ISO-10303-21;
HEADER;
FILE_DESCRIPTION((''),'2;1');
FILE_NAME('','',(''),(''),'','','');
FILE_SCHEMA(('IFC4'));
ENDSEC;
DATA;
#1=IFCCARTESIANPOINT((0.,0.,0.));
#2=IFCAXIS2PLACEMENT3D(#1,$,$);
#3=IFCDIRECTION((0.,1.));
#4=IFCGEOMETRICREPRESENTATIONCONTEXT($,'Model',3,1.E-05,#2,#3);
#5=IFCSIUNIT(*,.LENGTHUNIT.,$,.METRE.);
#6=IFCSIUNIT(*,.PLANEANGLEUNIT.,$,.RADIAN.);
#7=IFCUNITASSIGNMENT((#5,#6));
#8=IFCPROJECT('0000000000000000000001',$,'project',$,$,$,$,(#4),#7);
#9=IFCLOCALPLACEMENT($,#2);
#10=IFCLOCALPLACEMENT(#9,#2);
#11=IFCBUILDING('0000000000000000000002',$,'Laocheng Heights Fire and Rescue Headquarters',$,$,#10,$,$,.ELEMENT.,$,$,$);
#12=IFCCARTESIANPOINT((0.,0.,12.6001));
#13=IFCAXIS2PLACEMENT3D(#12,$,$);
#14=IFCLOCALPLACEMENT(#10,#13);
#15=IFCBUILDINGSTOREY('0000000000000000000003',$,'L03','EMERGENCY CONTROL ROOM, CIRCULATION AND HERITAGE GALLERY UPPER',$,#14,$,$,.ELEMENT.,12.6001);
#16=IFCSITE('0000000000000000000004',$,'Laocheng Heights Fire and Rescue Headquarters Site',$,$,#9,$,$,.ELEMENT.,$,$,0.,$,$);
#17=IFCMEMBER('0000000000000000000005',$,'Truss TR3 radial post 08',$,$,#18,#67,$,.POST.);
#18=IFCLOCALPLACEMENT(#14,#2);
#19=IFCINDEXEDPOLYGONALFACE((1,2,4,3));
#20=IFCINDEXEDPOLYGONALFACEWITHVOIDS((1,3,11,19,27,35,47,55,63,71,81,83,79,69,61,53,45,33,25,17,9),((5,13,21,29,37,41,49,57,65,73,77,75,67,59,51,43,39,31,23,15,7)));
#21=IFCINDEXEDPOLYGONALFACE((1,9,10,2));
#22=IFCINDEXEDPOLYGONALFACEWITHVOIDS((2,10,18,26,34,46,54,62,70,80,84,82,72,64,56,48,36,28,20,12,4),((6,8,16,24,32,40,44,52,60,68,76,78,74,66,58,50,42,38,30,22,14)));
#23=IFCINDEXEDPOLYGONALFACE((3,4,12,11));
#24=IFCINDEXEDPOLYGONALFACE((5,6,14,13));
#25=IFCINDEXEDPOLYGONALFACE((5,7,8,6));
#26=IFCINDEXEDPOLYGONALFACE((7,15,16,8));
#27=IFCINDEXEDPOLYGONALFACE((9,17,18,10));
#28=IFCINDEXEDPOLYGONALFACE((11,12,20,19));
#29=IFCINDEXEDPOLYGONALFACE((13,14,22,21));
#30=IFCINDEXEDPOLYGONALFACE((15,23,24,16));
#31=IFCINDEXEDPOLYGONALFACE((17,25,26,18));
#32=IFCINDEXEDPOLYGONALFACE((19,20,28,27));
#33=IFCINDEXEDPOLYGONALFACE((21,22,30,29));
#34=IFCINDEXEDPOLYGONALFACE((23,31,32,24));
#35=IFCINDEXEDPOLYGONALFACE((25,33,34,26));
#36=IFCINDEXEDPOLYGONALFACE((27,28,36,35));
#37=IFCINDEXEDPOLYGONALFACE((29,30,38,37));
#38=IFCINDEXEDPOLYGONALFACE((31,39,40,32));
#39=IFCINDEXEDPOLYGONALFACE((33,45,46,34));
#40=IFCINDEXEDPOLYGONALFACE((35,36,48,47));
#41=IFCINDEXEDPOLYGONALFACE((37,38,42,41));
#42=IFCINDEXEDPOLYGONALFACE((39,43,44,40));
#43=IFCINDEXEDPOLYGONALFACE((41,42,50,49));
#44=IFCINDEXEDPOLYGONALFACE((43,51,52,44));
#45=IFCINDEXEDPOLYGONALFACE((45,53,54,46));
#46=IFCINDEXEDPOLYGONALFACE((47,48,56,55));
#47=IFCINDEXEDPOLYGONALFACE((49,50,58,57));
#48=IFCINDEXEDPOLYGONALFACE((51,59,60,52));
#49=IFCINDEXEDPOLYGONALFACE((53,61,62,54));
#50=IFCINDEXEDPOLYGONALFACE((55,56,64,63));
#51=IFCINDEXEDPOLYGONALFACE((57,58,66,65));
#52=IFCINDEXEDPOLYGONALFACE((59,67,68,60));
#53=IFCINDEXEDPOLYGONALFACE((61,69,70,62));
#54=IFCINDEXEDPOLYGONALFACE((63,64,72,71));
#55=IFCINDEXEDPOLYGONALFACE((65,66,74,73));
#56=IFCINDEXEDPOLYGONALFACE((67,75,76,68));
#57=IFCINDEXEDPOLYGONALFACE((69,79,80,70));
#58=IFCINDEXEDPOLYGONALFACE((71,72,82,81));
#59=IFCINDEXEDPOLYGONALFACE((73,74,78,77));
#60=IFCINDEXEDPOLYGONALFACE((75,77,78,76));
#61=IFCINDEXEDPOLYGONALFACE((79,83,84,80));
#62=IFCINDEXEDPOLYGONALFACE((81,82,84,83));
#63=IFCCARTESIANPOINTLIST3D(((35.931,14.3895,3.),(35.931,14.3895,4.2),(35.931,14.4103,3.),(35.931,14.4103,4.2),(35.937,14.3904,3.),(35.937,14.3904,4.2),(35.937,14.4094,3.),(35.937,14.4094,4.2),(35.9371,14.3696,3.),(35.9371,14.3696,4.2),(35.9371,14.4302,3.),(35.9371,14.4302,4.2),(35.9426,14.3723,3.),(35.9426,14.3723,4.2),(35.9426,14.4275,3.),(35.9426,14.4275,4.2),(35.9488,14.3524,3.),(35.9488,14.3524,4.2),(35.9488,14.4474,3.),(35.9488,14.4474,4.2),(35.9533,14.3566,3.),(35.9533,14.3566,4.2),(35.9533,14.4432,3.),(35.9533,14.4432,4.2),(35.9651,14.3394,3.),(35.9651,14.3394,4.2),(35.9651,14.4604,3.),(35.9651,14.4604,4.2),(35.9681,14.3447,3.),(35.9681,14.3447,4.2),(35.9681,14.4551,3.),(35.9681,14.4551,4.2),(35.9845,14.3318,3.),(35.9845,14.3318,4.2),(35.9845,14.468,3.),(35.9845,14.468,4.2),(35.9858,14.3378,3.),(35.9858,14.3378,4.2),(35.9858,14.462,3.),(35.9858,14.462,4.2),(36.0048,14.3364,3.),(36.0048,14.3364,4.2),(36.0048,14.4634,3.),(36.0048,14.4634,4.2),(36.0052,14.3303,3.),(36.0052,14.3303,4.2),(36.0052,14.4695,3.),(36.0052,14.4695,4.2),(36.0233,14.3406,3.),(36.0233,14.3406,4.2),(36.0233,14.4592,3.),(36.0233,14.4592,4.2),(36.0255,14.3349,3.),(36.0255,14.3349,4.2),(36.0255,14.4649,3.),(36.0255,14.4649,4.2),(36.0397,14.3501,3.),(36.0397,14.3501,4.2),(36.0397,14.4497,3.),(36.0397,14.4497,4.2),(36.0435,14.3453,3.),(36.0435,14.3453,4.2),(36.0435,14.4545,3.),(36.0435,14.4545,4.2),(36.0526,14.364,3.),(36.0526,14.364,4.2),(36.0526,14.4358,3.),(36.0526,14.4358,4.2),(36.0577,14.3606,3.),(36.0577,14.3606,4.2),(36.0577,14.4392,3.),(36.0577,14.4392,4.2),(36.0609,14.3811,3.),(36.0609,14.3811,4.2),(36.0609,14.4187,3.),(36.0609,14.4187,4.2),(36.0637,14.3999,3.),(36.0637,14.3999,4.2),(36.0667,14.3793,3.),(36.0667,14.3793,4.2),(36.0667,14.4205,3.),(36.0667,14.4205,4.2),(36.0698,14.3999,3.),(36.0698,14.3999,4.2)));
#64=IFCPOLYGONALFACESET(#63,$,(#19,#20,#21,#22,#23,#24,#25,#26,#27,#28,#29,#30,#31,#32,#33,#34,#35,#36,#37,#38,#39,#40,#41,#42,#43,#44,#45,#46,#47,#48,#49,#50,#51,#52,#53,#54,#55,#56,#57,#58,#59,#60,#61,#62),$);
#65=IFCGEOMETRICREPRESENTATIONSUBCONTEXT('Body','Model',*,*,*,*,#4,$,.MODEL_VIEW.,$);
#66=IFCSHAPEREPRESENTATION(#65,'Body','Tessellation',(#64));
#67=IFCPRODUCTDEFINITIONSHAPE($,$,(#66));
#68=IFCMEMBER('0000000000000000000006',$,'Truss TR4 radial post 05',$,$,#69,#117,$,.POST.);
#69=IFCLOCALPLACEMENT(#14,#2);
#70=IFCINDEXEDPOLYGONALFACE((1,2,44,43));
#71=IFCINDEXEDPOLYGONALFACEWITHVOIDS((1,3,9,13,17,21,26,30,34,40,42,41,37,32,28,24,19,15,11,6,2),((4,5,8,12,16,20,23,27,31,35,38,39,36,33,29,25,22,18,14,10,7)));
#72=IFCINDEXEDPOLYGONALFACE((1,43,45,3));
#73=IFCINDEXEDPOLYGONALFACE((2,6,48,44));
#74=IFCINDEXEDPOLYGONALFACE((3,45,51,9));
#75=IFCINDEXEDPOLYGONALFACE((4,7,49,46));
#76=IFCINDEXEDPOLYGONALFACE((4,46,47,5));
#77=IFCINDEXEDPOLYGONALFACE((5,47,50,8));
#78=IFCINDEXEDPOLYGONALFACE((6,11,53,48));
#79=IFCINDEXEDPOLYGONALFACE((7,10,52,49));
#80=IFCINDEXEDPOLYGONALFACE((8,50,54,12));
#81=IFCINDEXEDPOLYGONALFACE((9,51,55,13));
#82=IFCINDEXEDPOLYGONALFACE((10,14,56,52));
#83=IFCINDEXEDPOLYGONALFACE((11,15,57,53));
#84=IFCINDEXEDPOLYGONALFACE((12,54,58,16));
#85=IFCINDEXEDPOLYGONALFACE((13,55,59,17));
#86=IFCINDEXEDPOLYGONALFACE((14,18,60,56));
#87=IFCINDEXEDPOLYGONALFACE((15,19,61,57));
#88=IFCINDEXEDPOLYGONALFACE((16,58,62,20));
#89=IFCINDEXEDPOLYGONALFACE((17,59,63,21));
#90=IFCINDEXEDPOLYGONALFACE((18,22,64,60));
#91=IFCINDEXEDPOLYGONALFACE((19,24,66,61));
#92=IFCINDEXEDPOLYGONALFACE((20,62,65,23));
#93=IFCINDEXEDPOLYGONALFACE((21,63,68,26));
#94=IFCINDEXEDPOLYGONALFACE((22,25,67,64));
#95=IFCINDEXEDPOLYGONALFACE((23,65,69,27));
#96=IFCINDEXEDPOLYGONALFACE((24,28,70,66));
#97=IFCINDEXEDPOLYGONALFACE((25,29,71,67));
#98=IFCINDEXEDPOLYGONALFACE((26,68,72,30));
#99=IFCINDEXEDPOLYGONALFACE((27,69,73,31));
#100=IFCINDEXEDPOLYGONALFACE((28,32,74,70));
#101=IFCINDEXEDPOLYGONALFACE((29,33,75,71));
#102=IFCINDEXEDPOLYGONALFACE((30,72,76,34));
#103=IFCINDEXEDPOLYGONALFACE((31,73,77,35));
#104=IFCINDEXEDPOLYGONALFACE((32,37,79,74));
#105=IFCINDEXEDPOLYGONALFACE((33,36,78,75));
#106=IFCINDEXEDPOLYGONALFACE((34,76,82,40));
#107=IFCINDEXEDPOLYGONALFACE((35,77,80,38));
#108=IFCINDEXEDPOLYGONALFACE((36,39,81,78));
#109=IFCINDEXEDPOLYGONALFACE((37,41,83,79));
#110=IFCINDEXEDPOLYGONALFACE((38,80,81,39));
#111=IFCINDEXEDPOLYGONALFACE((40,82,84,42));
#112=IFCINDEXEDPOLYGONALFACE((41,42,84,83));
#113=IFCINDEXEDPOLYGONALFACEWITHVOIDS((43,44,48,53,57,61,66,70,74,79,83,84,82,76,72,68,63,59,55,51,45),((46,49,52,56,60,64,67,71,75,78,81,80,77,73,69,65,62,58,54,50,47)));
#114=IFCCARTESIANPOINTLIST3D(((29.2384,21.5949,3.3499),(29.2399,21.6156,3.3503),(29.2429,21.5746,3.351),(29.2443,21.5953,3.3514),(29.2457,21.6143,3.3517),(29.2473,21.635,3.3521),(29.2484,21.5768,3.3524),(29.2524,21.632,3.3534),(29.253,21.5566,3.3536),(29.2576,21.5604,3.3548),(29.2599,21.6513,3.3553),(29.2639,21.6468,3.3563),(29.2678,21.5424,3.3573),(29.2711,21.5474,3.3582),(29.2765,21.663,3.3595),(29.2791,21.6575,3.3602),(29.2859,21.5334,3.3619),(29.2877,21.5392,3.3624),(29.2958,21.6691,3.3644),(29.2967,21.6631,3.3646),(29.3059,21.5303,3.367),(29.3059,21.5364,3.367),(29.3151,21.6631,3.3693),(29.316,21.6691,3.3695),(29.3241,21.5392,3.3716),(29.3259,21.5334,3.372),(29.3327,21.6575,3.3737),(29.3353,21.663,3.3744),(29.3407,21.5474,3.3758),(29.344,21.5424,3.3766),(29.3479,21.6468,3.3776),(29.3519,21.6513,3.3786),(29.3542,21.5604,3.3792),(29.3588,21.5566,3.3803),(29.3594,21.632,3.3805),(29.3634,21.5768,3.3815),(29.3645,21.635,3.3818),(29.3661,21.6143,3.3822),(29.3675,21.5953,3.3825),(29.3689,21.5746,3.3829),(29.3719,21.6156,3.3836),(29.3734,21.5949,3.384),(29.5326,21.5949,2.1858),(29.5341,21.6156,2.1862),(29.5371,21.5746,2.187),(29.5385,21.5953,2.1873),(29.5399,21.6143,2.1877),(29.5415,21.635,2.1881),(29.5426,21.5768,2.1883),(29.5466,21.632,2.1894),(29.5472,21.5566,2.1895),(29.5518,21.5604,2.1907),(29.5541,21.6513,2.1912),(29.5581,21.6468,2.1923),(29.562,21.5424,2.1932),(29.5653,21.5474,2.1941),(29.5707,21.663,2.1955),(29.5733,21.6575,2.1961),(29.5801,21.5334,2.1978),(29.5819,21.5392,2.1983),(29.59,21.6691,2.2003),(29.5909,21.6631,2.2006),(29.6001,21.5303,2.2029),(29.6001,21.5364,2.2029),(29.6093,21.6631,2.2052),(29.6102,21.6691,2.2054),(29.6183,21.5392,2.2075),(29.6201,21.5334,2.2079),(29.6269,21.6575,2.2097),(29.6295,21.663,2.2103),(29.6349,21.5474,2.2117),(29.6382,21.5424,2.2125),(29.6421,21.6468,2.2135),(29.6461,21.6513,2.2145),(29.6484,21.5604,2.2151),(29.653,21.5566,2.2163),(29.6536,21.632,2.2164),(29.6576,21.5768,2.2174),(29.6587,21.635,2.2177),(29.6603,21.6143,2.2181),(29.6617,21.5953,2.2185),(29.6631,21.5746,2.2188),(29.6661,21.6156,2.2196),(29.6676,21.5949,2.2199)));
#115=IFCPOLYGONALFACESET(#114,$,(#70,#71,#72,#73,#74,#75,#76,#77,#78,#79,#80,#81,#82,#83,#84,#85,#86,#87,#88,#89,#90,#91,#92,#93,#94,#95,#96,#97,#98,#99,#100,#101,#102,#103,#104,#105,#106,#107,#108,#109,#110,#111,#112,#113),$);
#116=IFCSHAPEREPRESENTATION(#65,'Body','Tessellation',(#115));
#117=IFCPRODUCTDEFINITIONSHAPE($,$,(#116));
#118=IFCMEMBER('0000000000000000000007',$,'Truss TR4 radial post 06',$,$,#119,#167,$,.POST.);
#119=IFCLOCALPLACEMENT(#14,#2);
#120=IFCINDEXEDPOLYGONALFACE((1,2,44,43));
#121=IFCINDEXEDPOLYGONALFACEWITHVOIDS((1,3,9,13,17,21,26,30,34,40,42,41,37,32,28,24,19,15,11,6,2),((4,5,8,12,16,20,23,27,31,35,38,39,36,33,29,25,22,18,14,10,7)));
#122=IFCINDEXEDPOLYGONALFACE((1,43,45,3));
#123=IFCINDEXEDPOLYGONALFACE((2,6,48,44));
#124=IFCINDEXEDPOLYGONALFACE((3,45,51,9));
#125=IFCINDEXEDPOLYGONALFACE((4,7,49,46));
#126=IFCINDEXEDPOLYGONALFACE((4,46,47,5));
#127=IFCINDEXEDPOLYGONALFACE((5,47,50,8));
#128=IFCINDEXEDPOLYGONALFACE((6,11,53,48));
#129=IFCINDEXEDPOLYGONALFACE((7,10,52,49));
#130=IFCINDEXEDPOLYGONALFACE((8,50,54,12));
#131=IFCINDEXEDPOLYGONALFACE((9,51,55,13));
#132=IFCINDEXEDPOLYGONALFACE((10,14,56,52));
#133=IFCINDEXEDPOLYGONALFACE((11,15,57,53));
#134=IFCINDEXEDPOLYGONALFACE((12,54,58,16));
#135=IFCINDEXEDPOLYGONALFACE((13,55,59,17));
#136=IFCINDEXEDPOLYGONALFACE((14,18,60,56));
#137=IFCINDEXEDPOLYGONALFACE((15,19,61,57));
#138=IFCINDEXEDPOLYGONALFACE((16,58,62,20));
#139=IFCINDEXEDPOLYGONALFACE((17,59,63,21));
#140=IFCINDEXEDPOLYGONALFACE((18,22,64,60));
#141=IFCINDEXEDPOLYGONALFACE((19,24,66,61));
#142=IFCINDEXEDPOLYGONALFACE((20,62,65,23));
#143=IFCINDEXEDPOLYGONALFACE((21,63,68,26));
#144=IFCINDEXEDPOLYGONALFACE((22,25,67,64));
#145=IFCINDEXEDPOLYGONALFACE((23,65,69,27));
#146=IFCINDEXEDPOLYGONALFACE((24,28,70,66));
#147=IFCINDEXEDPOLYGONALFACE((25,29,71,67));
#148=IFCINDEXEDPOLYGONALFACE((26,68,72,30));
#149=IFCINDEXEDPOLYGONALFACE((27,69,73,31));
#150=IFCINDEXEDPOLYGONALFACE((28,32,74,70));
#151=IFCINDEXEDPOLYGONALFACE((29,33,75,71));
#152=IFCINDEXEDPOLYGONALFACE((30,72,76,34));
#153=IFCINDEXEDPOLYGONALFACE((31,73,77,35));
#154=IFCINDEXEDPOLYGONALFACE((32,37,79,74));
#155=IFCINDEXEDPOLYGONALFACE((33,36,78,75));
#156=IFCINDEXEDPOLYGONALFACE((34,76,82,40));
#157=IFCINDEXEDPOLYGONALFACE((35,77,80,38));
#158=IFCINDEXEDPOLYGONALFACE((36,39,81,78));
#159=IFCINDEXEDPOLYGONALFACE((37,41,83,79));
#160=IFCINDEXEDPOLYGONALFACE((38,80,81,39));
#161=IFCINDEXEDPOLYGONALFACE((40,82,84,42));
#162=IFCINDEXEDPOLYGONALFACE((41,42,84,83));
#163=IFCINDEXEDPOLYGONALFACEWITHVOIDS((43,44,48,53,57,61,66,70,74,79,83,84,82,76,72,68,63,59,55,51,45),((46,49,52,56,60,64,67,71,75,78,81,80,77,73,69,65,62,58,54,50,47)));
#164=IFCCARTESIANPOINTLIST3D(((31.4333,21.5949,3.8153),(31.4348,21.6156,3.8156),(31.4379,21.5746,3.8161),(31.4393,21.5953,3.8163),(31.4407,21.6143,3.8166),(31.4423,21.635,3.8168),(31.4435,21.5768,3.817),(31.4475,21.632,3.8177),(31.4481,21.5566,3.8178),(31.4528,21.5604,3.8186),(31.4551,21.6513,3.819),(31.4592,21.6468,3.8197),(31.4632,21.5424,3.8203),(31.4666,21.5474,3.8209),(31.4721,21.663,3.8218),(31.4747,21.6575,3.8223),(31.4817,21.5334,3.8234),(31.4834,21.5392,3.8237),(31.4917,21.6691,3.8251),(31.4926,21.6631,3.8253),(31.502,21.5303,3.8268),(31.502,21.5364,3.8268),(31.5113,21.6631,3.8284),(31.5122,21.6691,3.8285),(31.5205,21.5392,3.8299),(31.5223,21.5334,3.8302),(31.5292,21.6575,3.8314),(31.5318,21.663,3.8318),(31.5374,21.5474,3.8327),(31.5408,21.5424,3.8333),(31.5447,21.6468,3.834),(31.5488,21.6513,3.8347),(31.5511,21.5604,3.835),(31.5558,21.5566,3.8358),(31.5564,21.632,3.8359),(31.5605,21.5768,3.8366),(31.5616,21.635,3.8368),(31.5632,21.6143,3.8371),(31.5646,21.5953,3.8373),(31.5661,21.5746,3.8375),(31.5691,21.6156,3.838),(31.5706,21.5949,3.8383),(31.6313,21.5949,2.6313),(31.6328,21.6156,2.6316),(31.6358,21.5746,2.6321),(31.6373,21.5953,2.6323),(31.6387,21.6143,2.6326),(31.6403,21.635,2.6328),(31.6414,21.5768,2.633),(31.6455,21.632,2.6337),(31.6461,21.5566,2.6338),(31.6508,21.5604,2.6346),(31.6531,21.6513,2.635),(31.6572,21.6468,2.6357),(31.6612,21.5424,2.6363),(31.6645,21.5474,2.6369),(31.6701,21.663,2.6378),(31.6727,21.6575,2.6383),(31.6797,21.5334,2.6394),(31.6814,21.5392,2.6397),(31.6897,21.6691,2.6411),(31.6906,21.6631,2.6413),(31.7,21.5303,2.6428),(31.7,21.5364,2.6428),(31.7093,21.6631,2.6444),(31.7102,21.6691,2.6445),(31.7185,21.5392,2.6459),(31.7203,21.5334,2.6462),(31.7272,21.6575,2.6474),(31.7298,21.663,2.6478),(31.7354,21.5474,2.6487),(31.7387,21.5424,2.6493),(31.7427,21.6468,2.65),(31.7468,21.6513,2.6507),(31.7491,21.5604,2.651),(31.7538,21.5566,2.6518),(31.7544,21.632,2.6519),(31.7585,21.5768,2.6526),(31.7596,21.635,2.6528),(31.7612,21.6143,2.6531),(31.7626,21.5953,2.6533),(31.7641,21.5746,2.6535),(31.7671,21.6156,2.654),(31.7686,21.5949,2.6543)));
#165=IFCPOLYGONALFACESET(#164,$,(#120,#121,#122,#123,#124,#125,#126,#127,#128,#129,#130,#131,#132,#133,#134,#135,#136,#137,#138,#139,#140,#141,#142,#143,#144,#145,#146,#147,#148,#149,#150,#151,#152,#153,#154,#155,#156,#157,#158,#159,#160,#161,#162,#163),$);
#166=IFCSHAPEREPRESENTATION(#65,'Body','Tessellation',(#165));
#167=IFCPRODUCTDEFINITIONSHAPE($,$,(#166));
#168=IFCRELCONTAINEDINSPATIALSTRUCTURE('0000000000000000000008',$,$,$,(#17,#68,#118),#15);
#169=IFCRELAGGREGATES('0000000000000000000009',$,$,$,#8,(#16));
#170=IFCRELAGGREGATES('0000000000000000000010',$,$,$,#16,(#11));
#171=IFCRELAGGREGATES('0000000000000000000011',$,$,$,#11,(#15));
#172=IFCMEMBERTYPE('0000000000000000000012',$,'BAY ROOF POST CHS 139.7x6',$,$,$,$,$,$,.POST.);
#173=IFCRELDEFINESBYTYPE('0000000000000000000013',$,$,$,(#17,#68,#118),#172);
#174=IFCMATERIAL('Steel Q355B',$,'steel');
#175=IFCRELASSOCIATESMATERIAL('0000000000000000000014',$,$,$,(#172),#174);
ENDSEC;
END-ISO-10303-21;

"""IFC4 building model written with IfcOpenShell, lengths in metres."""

from ifc_helpers import new_model, si_unit, direction, frame, origin, origin_2d, place, context, subcontext, project, spatial, hollow_circle, extrude, material, material_profile, profile_set, type_object, element, save


model = new_model("IFC4")

# Units and contexts
model_context = context("Model", 3, precision=1e-05, world=origin(), true_north=direction((0.0, 1.0)))
body_context = subcontext(model_context, "Body", "Model", "MODEL_VIEW")
ifc_project = project(units=[si_unit("LENGTHUNIT", "METRE"), si_unit("PLANEANGLEUNIT", "RADIAN")], contexts=[model_context])

# Site, building, storey
site_placement = place(None, origin())
site = spatial("IfcSite", under=ifc_project, at=site_placement, Name="Laocheng Heights Fire and Rescue Headquarters Site", CompositionType="ELEMENT", RefElevation=0.0)
building_placement = place(site_placement, origin())
building = spatial("IfcBuilding", under=site, at=building_placement, Name="Laocheng Heights Fire and Rescue Headquarters", CompositionType="ELEMENT")
storey_placement = place(building_placement, frame((0.0, 0.0, 12.6001)))
storey = spatial("IfcBuildingStorey", under=building, at=storey_placement, Name="L03", Description="EMERGENCY CONTROL ROOM, CIRCULATION AND HERITAGE GALLERY UPPER", CompositionType="ELEMENT", Elevation=12.6001)

# Members
ifc_material_1 = material(Name="Steel Q355B", Category="steel")
ifc_material_profile_1 = material_profile(ifc_material_1, hollow_circle(Radius=0.0698, WallThickness=0.0061, at=origin_2d()), Name="CHS 139.7x6")
ifc_profile_set_1 = profile_set([ifc_material_profile_1], Name="Steel Q355B")
member_type_1 = type_object("IfcMemberType", Name="BAY ROOF POST CHS 139.7x6", PredefinedType="POST", material=ifc_profile_set_1)
member_1_placement = place(storey_placement, frame((36.0, 14.3999, 3.0), z_axis=(0.0, 0.0, 1.0), x_axis=(1.0, 0.0, 0.0)))
element("IfcMember", 1, at=member_1_placement, inside=storey, type_object=member_type_1, Name="Truss TR3 radial post 08", PredefinedType="POST", context=body_context, shape_type="SweptSolid", body=[
    extrude(hollow_circle(Radius=0.0698, WallThickness=0.0061, at=origin_2d()), origin(), (0.0, 0.0, 1.0), 1.2),
])
member_2_placement = place(storey_placement, frame((29.6001, 21.6001, 2.2029), z_axis=(-0.245023, 0.0, 0.969517), x_axis=(0.0, -1.0, 0.0)))
element("IfcMember", 2, at=member_2_placement, inside=storey, type_object=member_type_1, Name="Truss TR4 radial post 05", PredefinedType="POST", context=body_context, shape_type="SweptSolid", body=[
    extrude(hollow_circle(Radius=0.0698, WallThickness=0.0061, at=origin_2d()), origin(), (0.0, 0.0, 1.0), 1.2007),
])
member_3_placement = place(storey_placement, frame((31.7, 21.6001, 2.6428), z_axis=(-0.164927, 0.0, 0.986306), x_axis=(0.0, -1.0, 0.0)))
element("IfcMember", 3, at=member_3_placement, inside=storey, type_object=member_type_1, Name="Truss TR4 radial post 06", PredefinedType="POST", context=body_context, shape_type="SweptSolid", body=[
    extrude(hollow_circle(Radius=0.0698, WallThickness=0.0061, at=origin_2d()), origin(), (0.0, 0.0, 1.0), 1.2004),
])

save(model, "model.ifc")
